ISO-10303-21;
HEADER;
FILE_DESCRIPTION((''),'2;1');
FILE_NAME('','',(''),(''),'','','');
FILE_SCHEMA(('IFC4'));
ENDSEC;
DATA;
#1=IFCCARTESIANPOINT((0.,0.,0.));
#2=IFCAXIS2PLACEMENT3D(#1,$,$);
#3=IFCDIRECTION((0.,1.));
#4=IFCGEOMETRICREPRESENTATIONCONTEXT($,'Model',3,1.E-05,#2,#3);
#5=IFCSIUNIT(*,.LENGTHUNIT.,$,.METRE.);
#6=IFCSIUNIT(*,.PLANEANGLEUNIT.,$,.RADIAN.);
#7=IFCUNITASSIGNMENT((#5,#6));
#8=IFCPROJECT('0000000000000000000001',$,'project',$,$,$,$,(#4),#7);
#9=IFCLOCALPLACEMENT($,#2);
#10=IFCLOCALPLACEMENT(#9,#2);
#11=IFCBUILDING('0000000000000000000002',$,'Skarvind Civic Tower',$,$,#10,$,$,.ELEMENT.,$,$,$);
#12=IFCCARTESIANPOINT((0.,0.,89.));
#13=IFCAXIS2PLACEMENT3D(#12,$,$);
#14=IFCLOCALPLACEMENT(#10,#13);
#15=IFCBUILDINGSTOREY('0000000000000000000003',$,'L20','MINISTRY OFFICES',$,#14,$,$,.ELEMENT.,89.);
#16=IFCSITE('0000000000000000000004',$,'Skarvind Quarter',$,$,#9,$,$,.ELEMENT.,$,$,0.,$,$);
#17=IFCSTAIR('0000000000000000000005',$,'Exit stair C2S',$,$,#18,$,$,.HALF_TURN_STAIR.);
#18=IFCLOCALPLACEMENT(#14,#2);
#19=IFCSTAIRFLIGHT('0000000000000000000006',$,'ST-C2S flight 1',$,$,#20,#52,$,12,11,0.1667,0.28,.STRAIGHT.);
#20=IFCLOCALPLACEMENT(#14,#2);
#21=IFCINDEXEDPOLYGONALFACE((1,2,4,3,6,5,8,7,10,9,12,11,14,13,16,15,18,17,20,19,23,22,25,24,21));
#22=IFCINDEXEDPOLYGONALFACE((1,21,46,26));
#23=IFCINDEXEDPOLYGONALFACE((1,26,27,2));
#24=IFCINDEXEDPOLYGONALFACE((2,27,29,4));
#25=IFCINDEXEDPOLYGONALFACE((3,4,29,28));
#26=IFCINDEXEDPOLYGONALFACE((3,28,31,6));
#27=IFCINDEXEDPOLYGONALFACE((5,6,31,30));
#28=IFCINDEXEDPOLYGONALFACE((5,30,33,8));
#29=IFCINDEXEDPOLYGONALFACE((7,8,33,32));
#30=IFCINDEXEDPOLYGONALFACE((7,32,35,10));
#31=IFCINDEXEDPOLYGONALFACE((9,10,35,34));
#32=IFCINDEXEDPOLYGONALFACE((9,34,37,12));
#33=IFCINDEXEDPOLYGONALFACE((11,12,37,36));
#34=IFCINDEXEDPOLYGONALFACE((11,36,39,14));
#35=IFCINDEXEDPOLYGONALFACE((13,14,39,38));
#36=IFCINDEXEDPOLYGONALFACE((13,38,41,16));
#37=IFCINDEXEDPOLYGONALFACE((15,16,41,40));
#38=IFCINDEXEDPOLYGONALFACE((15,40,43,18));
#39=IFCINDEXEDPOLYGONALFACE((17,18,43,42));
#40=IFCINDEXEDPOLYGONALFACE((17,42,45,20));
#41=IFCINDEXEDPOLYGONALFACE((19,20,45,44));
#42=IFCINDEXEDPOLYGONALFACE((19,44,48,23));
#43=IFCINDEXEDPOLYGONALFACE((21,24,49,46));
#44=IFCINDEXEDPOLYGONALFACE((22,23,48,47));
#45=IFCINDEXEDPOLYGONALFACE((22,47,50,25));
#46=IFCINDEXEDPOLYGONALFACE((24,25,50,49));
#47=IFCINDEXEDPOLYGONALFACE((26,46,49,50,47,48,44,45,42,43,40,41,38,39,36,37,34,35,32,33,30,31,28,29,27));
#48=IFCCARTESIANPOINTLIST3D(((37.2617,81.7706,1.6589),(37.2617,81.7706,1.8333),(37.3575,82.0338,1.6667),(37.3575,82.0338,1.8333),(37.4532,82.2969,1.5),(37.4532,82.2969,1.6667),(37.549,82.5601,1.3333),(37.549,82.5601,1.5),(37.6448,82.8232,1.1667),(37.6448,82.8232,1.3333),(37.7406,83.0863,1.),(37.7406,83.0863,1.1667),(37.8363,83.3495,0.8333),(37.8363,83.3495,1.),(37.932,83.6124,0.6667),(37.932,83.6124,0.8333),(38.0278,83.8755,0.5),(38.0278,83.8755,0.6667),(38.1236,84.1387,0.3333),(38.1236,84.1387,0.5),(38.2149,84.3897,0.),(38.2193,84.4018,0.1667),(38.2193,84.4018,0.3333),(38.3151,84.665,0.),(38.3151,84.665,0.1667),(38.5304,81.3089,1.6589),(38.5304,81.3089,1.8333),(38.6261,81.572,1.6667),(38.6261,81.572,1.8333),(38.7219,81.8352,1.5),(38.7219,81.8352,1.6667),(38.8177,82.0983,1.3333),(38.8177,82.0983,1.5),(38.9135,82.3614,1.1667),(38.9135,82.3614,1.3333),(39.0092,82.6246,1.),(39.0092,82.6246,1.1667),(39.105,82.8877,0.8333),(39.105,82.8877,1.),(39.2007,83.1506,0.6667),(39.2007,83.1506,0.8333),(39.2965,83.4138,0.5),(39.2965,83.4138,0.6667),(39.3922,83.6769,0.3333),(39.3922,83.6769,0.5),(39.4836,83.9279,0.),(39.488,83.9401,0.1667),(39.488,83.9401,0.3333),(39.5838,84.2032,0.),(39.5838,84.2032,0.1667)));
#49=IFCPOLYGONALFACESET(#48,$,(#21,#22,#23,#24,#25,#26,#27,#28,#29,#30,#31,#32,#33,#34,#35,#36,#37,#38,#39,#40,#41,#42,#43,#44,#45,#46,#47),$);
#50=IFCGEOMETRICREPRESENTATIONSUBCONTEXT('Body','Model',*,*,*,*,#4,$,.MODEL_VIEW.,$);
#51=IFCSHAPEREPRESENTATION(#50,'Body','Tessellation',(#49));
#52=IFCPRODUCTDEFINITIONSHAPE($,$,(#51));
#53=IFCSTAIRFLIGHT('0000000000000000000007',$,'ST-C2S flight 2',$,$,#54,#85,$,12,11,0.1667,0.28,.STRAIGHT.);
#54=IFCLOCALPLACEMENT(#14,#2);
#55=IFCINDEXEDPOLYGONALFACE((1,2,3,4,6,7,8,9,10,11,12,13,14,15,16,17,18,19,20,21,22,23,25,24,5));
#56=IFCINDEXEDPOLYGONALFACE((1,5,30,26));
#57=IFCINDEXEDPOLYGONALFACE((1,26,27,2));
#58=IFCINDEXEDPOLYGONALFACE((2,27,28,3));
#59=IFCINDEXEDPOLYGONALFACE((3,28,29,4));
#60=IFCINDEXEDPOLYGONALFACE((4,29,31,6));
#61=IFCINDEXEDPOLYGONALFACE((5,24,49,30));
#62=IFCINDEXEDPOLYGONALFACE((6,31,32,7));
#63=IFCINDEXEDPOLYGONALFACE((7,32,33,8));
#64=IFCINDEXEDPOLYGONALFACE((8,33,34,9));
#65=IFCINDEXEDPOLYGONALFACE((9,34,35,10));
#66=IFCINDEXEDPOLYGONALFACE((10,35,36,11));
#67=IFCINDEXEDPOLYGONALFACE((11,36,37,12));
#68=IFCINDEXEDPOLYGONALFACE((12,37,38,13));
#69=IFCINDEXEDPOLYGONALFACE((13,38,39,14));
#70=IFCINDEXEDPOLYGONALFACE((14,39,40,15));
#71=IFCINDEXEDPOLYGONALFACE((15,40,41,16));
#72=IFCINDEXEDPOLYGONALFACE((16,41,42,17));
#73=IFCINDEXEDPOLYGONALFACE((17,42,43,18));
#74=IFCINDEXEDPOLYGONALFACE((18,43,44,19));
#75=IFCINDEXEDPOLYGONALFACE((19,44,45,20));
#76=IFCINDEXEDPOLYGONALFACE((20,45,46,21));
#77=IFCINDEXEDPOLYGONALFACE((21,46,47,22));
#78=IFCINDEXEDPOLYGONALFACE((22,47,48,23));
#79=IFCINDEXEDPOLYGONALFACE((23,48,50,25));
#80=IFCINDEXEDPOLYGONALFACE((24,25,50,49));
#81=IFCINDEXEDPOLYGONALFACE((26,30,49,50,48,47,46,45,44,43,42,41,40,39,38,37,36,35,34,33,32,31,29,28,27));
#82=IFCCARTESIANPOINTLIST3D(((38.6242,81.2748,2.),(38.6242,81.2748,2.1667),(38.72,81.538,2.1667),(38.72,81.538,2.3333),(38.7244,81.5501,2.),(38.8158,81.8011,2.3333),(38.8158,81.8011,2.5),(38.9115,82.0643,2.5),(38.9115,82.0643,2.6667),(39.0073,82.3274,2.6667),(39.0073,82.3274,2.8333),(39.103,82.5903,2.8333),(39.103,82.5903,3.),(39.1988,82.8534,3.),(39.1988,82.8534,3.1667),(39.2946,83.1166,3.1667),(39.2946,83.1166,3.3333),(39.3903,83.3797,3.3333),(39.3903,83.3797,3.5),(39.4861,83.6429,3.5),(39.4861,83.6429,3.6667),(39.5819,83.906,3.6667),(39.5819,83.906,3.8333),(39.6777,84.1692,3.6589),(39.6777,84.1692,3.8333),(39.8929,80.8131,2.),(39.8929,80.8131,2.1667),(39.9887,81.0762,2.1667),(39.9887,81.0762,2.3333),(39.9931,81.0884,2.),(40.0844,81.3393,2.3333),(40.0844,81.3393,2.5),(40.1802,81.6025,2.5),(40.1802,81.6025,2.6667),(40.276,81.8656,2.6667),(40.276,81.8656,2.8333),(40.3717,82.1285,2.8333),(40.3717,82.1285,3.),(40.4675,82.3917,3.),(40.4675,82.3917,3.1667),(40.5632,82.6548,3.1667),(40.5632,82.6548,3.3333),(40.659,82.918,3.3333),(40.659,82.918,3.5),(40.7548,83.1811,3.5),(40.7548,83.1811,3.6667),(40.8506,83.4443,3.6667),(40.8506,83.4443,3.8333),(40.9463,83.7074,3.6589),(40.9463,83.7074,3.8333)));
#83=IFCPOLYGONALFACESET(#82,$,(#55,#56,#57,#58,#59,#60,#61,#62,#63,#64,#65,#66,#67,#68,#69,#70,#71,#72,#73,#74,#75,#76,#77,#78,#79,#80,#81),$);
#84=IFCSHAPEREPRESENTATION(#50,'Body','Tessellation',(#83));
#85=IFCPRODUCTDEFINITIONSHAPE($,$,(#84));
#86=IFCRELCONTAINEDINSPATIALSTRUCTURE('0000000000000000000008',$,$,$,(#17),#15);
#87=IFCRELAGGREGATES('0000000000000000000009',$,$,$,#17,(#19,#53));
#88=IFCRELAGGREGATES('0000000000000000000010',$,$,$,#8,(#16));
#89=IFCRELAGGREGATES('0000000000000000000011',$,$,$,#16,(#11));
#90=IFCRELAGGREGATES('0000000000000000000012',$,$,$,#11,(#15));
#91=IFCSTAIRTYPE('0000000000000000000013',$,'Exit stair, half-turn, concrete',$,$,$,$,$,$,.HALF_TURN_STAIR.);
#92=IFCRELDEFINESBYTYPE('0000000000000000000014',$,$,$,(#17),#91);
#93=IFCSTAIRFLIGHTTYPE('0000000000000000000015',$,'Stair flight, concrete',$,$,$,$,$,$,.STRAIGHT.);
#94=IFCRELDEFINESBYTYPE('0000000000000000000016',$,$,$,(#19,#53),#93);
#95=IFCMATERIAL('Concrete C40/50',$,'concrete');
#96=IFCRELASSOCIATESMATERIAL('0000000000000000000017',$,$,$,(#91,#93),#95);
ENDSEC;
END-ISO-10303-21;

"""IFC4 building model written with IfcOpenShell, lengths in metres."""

from ifc_helpers import new_model, si_unit, direction, frame, origin, place, context, subcontext, project, spatial, polyline, outline, extrude, material, type_object, element, aggregate, save


model = new_model("IFC4")

# Units and contexts
model_context = context("Model", 3, precision=1e-05, world=origin(), true_north=direction((0.0, 1.0)))
body_context = subcontext(model_context, "Body", "Model", "MODEL_VIEW")
ifc_project = project(units=[si_unit("LENGTHUNIT", "METRE"), si_unit("PLANEANGLEUNIT", "RADIAN")], contexts=[model_context])

# Site, building, storey
site_placement = place(None, origin())
site = spatial("IfcSite", under=ifc_project, at=site_placement, Name="Skarvind Quarter", CompositionType="ELEMENT", RefElevation=0.0)
building_placement = place(site_placement, origin())
building = spatial("IfcBuilding", under=site, at=building_placement, Name="Skarvind Civic Tower", CompositionType="ELEMENT")
storey_placement = place(building_placement, frame((0.0, 0.0, 89.0)))
storey = spatial("IfcBuildingStorey", under=building, at=storey_placement, Name="L20", Description="MINISTRY OFFICES", CompositionType="ELEMENT", Elevation=89.0)

# Shared definitions
ifc_material_1 = material(Name="Concrete C40/50", Category="concrete")

# Stair, stair flights
stair_type = type_object("IfcStairType", Name="Exit stair, half-turn, concrete", PredefinedType="HALF_TURN_STAIR", material=ifc_material_1)
stair_placement = place(storey_placement, origin())
stair = element("IfcStair", 1, at=stair_placement, inside=storey, type_object=stair_type, Name="Exit stair C2S", PredefinedType="HALF_TURN_STAIR")
stair_flight_type = type_object("IfcStairFlightType", Name="Stair flight, concrete", PredefinedType="STRAIGHT", material=ifc_material_1)
stair_flight_1_placement = place(storey_placement, frame((38.9495, 84.4341, 0.0), z_axis=(0.0, 0.0, 1.0), x_axis=(-0.34202, -0.939693, 0.0)))
stair_flight_1 = element("IfcStairFlight", 2, at=stair_flight_1_placement, type_object=stair_flight_type, Name="ST-C2S flight 1", NumberOfRisers=12, NumberOfTreads=11, PredefinedType="STRAIGHT", RiserHeight=0.1667, TreadLength=0.28, context=body_context, shape_type="SweptSolid", body=[
    extrude(outline(polyline([(0.0, 0.0), (0.0, 0.1667), (0.28, 0.1667), (0.28, 0.3333), (0.5601, 0.3333), (0.5601, 0.5), (0.8401, 0.5), (0.8401, 0.6667), (1.1201, 0.6667), (1.1201, 0.8333), (1.3999, 0.8333), (1.3999, 1.0), (1.6799, 1.0), (1.6799, 1.1667), (1.96, 1.1667), (1.96, 1.3333), (2.24, 1.3333), (2.24, 1.5), (2.52, 1.5), (2.52, 1.6667), (2.8, 1.6667), (2.8, 1.8333), (3.0801, 1.8333), (3.0801, 2.0), (3.0801, 1.6589), (0.293, 0.0), (0.0, 0.0)])), frame((0.0, 0.675, 0.0), z_axis=(0.0, -1.0, 0.0), x_axis=(1.0, 0.0, 0.0)), (0.0, 0.0, 1.0), 1.3501),
])
stair_flight_2_placement = place(storey_placement, frame((39.2585, 81.0439, 2.0), z_axis=(0.0, 0.0, 1.0), x_axis=(0.34202, 0.939693, 0.0)))
stair_flight_2 = element("IfcStairFlight", 3, at=stair_flight_2_placement, type_object=stair_flight_type, Name="ST-C2S flight 2", NumberOfRisers=12, NumberOfTreads=11, PredefinedType="STRAIGHT", RiserHeight=0.1667, TreadLength=0.28, context=body_context, shape_type="SweptSolid", body=[
    extrude(outline(polyline([(0.0, 0.0), (0.0, 0.1667), (0.28, 0.1667), (0.28, 0.3333), (0.5601, 0.3333), (0.5601, 0.5), (0.8401, 0.5), (0.8401, 0.6667), (1.1201, 0.6667), (1.1201, 0.8333), (1.3999, 0.8333), (1.3999, 1.0), (1.6799, 1.0), (1.6799, 1.1667), (1.96, 1.1667), (1.96, 1.3333), (2.24, 1.3333), (2.24, 1.5), (2.52, 1.5), (2.52, 1.6667), (2.8, 1.6667), (2.8, 1.8333), (3.0801, 1.8333), (3.0801, 2.0), (3.0801, 1.6589), (0.293, 0.0), (0.0, 0.0)])), frame((0.0, 0.675, 0.0), z_axis=(0.0, -1.0, 0.0), x_axis=(1.0, 0.0, 0.0)), (0.0, 0.0, 1.0), 1.3501),
])
aggregate(stair, [stair_flight_1, stair_flight_2])

save(model, "model.ifc")
